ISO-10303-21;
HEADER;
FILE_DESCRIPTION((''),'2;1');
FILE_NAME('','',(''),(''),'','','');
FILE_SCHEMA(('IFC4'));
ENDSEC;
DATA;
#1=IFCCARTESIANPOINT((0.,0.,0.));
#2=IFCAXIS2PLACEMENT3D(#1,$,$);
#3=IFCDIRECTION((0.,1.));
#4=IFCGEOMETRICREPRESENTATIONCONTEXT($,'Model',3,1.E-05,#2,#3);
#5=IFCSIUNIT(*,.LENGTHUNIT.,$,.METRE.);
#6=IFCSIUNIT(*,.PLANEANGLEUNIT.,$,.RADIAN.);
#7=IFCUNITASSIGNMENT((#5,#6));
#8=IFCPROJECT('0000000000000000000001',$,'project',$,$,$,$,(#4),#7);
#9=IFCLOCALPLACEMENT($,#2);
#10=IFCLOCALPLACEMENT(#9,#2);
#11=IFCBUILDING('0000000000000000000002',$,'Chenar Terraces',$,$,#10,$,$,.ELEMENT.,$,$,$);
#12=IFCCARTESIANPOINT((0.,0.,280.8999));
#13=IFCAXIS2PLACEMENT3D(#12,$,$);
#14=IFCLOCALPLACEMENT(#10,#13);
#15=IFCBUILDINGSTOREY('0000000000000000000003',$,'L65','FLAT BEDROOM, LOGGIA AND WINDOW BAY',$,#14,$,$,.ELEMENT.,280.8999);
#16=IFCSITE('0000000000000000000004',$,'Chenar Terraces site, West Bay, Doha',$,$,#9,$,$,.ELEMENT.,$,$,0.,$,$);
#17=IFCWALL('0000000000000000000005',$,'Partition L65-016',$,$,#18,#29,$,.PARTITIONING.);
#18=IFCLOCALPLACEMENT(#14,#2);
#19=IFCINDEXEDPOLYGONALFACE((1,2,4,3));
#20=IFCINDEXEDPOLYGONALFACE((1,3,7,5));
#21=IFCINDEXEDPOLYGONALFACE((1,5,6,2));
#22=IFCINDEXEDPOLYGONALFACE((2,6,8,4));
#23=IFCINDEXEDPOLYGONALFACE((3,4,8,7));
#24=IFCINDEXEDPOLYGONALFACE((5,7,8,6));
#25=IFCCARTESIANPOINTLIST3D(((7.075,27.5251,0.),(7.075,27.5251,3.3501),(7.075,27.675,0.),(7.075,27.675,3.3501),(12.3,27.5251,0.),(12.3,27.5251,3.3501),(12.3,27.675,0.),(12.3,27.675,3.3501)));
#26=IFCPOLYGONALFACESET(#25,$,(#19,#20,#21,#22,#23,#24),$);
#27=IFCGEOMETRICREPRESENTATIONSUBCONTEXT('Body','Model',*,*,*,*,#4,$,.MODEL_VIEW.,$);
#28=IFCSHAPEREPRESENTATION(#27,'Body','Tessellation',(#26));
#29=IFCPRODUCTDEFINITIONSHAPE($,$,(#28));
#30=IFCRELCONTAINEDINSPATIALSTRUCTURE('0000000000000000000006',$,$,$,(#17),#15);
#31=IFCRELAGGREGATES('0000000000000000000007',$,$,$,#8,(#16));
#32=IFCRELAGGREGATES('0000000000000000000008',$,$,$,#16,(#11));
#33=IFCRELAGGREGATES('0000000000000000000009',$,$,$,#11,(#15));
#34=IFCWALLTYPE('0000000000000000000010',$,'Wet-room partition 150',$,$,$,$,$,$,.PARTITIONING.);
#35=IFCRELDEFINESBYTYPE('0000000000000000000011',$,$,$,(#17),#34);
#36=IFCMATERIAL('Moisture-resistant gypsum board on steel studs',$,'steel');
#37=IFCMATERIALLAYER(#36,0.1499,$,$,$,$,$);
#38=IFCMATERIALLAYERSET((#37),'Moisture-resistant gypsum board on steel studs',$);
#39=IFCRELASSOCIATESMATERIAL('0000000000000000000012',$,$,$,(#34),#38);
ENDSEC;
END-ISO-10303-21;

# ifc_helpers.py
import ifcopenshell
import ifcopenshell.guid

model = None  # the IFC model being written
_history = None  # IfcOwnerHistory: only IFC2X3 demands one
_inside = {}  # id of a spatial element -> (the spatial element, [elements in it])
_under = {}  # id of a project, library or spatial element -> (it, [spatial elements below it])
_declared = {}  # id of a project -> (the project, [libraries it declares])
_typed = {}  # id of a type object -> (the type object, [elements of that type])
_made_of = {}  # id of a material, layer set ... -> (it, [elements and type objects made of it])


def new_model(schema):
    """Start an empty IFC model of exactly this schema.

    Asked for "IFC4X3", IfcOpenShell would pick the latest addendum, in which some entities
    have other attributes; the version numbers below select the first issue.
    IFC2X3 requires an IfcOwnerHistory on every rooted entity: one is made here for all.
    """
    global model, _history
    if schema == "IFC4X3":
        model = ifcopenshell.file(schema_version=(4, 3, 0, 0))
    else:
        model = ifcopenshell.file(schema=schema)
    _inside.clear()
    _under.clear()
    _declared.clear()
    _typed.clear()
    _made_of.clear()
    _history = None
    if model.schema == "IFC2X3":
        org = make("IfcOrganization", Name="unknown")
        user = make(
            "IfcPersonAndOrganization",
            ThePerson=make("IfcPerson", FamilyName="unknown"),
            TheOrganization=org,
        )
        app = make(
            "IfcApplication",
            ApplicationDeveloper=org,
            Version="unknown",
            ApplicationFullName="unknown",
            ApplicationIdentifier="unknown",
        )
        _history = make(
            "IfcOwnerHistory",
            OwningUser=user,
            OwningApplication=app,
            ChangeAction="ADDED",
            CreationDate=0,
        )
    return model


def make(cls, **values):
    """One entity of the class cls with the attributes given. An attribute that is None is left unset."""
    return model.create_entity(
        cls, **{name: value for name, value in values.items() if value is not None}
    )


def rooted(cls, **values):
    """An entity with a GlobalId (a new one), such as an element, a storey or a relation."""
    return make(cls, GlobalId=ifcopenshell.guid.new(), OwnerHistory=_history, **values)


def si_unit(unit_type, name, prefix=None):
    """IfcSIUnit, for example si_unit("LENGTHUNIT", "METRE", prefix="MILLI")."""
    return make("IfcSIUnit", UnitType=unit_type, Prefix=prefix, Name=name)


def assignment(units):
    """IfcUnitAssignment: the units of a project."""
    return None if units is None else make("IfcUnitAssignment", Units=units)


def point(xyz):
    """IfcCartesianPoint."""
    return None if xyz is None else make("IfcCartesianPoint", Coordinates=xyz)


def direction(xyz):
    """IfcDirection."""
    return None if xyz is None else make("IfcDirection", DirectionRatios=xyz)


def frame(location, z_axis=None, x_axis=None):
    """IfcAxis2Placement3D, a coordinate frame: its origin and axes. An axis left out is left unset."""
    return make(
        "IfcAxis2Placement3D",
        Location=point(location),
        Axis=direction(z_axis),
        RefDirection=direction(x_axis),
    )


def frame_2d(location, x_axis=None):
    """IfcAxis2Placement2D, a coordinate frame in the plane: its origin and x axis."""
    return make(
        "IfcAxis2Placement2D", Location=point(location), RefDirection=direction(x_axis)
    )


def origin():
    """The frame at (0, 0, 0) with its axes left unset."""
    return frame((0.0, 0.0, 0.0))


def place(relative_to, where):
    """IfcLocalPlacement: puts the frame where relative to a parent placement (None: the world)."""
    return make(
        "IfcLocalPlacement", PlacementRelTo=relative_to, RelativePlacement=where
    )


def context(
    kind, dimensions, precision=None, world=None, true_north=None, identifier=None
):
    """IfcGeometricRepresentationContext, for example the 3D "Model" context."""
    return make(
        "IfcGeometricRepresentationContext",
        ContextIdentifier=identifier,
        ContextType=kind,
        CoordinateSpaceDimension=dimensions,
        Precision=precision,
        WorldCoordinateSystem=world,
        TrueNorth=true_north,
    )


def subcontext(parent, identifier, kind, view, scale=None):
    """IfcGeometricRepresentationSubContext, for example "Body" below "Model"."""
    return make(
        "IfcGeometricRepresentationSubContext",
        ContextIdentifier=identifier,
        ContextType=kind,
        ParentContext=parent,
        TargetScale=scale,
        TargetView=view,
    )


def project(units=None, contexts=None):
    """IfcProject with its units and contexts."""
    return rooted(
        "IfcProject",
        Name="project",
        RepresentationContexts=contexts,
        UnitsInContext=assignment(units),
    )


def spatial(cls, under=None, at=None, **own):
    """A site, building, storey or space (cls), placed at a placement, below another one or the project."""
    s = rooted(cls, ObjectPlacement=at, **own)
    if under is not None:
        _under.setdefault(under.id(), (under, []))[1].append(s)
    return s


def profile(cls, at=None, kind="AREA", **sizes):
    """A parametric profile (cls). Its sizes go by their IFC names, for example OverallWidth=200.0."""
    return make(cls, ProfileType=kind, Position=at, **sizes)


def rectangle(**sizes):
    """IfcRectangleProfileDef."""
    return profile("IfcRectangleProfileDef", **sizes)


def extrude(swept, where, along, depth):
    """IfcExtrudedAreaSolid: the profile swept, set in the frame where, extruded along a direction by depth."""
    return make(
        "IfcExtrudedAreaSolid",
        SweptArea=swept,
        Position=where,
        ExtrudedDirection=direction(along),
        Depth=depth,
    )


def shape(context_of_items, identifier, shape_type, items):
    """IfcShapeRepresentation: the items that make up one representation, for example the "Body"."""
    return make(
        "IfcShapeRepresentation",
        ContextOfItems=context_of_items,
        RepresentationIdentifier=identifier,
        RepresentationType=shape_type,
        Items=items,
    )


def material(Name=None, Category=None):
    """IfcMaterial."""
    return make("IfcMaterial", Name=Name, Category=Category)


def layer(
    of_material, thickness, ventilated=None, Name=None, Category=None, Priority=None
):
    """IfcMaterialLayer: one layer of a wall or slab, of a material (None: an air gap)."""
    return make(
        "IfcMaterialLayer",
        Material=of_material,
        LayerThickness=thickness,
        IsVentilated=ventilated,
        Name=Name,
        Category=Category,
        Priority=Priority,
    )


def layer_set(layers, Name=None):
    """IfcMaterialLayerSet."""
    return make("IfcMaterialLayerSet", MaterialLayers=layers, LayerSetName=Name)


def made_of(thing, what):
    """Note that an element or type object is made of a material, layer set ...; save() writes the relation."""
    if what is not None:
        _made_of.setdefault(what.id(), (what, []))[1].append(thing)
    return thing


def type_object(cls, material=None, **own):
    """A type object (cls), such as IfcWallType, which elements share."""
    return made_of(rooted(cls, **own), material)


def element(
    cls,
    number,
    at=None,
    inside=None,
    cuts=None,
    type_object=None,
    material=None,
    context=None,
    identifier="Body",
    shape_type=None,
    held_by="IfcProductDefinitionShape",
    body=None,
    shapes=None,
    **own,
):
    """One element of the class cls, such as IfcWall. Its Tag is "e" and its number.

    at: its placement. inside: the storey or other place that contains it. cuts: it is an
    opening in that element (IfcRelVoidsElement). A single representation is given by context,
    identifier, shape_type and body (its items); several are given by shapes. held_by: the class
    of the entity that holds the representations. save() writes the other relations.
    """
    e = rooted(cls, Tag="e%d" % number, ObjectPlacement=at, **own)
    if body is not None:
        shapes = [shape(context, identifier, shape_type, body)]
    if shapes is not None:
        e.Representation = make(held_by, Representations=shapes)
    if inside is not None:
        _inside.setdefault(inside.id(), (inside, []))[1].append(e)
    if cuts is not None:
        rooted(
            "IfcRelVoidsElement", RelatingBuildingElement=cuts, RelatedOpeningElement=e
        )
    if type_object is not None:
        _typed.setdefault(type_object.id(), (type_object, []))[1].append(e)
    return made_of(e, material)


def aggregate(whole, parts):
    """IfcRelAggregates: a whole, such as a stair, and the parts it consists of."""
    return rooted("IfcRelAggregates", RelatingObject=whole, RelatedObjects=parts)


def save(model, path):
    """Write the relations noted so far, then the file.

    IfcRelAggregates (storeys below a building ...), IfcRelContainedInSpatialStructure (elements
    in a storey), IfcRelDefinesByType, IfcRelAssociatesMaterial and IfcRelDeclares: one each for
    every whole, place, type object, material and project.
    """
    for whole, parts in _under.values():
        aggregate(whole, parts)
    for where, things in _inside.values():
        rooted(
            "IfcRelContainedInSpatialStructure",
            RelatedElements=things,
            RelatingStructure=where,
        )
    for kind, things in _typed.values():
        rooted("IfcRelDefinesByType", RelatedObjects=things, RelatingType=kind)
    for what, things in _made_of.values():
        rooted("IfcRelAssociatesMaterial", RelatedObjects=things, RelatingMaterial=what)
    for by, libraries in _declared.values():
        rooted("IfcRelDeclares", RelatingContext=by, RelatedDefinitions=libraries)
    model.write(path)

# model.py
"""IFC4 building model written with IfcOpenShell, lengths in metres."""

from ifc_helpers import new_model, si_unit, direction, frame, frame_2d, origin, place, context, subcontext, project, spatial, rectangle, extrude, material, layer, layer_set, type_object, element, save


model = new_model("IFC4")

# Units and contexts
model_context = context("Model", 3, precision=1e-05, world=origin(), true_north=direction((0.0, 1.0)))
body_context = subcontext(model_context, "Body", "Model", "MODEL_VIEW")
ifc_project = project(units=[si_unit("LENGTHUNIT", "METRE"), si_unit("PLANEANGLEUNIT", "RADIAN")], contexts=[model_context])

# Site, building, storey
site_placement = place(None, origin())
site = spatial("IfcSite", under=ifc_project, at=site_placement, Name="Chenar Terraces site, West Bay, Doha", CompositionType="ELEMENT", RefElevation=0.0)
building_placement = place(site_placement, origin())
building = spatial("IfcBuilding", under=site, at=building_placement, Name="Chenar Terraces", CompositionType="ELEMENT")
storey_placement = place(building_placement, frame((0.0, 0.0, 280.8999)))
storey = spatial("IfcBuildingStorey", under=building, at=storey_placement, Name="L65", Description="FLAT BEDROOM, LOGGIA AND WINDOW BAY", CompositionType="ELEMENT", Elevation=280.8999)

# Shared definitions
ifc_material_1 = material(Name="Moisture-resistant gypsum board on steel studs", Category="steel")
ifc_layer_1 = layer(ifc_material_1, 0.1499)
ifc_layer_set_1 = layer_set([ifc_layer_1], Name="Moisture-resistant gypsum board on steel studs")
wall_type_1 = type_object("IfcWallType", Name="Wet-room partition 150", PredefinedType="PARTITIONING", material=ifc_layer_set_1)

# Wall
wall_1_placement = place(storey_placement, frame((7.075, 27.6001, 0.0), z_axis=(0.0, 0.0, 1.0), x_axis=(1.0, 0.0, 0.0)))
element("IfcWall", 1, at=wall_1_placement, inside=storey, type_object=wall_type_1, Name="Partition L65-016", PredefinedType="PARTITIONING", context=body_context, shape_type="SweptSolid", body=[
    extrude(rectangle(XDim=5.2251, YDim=0.1499, at=frame_2d((2.6125, 0.0))), origin(), (0.0, 0.0, 1.0), 3.3501),
])

save(model, "model.ifc")
